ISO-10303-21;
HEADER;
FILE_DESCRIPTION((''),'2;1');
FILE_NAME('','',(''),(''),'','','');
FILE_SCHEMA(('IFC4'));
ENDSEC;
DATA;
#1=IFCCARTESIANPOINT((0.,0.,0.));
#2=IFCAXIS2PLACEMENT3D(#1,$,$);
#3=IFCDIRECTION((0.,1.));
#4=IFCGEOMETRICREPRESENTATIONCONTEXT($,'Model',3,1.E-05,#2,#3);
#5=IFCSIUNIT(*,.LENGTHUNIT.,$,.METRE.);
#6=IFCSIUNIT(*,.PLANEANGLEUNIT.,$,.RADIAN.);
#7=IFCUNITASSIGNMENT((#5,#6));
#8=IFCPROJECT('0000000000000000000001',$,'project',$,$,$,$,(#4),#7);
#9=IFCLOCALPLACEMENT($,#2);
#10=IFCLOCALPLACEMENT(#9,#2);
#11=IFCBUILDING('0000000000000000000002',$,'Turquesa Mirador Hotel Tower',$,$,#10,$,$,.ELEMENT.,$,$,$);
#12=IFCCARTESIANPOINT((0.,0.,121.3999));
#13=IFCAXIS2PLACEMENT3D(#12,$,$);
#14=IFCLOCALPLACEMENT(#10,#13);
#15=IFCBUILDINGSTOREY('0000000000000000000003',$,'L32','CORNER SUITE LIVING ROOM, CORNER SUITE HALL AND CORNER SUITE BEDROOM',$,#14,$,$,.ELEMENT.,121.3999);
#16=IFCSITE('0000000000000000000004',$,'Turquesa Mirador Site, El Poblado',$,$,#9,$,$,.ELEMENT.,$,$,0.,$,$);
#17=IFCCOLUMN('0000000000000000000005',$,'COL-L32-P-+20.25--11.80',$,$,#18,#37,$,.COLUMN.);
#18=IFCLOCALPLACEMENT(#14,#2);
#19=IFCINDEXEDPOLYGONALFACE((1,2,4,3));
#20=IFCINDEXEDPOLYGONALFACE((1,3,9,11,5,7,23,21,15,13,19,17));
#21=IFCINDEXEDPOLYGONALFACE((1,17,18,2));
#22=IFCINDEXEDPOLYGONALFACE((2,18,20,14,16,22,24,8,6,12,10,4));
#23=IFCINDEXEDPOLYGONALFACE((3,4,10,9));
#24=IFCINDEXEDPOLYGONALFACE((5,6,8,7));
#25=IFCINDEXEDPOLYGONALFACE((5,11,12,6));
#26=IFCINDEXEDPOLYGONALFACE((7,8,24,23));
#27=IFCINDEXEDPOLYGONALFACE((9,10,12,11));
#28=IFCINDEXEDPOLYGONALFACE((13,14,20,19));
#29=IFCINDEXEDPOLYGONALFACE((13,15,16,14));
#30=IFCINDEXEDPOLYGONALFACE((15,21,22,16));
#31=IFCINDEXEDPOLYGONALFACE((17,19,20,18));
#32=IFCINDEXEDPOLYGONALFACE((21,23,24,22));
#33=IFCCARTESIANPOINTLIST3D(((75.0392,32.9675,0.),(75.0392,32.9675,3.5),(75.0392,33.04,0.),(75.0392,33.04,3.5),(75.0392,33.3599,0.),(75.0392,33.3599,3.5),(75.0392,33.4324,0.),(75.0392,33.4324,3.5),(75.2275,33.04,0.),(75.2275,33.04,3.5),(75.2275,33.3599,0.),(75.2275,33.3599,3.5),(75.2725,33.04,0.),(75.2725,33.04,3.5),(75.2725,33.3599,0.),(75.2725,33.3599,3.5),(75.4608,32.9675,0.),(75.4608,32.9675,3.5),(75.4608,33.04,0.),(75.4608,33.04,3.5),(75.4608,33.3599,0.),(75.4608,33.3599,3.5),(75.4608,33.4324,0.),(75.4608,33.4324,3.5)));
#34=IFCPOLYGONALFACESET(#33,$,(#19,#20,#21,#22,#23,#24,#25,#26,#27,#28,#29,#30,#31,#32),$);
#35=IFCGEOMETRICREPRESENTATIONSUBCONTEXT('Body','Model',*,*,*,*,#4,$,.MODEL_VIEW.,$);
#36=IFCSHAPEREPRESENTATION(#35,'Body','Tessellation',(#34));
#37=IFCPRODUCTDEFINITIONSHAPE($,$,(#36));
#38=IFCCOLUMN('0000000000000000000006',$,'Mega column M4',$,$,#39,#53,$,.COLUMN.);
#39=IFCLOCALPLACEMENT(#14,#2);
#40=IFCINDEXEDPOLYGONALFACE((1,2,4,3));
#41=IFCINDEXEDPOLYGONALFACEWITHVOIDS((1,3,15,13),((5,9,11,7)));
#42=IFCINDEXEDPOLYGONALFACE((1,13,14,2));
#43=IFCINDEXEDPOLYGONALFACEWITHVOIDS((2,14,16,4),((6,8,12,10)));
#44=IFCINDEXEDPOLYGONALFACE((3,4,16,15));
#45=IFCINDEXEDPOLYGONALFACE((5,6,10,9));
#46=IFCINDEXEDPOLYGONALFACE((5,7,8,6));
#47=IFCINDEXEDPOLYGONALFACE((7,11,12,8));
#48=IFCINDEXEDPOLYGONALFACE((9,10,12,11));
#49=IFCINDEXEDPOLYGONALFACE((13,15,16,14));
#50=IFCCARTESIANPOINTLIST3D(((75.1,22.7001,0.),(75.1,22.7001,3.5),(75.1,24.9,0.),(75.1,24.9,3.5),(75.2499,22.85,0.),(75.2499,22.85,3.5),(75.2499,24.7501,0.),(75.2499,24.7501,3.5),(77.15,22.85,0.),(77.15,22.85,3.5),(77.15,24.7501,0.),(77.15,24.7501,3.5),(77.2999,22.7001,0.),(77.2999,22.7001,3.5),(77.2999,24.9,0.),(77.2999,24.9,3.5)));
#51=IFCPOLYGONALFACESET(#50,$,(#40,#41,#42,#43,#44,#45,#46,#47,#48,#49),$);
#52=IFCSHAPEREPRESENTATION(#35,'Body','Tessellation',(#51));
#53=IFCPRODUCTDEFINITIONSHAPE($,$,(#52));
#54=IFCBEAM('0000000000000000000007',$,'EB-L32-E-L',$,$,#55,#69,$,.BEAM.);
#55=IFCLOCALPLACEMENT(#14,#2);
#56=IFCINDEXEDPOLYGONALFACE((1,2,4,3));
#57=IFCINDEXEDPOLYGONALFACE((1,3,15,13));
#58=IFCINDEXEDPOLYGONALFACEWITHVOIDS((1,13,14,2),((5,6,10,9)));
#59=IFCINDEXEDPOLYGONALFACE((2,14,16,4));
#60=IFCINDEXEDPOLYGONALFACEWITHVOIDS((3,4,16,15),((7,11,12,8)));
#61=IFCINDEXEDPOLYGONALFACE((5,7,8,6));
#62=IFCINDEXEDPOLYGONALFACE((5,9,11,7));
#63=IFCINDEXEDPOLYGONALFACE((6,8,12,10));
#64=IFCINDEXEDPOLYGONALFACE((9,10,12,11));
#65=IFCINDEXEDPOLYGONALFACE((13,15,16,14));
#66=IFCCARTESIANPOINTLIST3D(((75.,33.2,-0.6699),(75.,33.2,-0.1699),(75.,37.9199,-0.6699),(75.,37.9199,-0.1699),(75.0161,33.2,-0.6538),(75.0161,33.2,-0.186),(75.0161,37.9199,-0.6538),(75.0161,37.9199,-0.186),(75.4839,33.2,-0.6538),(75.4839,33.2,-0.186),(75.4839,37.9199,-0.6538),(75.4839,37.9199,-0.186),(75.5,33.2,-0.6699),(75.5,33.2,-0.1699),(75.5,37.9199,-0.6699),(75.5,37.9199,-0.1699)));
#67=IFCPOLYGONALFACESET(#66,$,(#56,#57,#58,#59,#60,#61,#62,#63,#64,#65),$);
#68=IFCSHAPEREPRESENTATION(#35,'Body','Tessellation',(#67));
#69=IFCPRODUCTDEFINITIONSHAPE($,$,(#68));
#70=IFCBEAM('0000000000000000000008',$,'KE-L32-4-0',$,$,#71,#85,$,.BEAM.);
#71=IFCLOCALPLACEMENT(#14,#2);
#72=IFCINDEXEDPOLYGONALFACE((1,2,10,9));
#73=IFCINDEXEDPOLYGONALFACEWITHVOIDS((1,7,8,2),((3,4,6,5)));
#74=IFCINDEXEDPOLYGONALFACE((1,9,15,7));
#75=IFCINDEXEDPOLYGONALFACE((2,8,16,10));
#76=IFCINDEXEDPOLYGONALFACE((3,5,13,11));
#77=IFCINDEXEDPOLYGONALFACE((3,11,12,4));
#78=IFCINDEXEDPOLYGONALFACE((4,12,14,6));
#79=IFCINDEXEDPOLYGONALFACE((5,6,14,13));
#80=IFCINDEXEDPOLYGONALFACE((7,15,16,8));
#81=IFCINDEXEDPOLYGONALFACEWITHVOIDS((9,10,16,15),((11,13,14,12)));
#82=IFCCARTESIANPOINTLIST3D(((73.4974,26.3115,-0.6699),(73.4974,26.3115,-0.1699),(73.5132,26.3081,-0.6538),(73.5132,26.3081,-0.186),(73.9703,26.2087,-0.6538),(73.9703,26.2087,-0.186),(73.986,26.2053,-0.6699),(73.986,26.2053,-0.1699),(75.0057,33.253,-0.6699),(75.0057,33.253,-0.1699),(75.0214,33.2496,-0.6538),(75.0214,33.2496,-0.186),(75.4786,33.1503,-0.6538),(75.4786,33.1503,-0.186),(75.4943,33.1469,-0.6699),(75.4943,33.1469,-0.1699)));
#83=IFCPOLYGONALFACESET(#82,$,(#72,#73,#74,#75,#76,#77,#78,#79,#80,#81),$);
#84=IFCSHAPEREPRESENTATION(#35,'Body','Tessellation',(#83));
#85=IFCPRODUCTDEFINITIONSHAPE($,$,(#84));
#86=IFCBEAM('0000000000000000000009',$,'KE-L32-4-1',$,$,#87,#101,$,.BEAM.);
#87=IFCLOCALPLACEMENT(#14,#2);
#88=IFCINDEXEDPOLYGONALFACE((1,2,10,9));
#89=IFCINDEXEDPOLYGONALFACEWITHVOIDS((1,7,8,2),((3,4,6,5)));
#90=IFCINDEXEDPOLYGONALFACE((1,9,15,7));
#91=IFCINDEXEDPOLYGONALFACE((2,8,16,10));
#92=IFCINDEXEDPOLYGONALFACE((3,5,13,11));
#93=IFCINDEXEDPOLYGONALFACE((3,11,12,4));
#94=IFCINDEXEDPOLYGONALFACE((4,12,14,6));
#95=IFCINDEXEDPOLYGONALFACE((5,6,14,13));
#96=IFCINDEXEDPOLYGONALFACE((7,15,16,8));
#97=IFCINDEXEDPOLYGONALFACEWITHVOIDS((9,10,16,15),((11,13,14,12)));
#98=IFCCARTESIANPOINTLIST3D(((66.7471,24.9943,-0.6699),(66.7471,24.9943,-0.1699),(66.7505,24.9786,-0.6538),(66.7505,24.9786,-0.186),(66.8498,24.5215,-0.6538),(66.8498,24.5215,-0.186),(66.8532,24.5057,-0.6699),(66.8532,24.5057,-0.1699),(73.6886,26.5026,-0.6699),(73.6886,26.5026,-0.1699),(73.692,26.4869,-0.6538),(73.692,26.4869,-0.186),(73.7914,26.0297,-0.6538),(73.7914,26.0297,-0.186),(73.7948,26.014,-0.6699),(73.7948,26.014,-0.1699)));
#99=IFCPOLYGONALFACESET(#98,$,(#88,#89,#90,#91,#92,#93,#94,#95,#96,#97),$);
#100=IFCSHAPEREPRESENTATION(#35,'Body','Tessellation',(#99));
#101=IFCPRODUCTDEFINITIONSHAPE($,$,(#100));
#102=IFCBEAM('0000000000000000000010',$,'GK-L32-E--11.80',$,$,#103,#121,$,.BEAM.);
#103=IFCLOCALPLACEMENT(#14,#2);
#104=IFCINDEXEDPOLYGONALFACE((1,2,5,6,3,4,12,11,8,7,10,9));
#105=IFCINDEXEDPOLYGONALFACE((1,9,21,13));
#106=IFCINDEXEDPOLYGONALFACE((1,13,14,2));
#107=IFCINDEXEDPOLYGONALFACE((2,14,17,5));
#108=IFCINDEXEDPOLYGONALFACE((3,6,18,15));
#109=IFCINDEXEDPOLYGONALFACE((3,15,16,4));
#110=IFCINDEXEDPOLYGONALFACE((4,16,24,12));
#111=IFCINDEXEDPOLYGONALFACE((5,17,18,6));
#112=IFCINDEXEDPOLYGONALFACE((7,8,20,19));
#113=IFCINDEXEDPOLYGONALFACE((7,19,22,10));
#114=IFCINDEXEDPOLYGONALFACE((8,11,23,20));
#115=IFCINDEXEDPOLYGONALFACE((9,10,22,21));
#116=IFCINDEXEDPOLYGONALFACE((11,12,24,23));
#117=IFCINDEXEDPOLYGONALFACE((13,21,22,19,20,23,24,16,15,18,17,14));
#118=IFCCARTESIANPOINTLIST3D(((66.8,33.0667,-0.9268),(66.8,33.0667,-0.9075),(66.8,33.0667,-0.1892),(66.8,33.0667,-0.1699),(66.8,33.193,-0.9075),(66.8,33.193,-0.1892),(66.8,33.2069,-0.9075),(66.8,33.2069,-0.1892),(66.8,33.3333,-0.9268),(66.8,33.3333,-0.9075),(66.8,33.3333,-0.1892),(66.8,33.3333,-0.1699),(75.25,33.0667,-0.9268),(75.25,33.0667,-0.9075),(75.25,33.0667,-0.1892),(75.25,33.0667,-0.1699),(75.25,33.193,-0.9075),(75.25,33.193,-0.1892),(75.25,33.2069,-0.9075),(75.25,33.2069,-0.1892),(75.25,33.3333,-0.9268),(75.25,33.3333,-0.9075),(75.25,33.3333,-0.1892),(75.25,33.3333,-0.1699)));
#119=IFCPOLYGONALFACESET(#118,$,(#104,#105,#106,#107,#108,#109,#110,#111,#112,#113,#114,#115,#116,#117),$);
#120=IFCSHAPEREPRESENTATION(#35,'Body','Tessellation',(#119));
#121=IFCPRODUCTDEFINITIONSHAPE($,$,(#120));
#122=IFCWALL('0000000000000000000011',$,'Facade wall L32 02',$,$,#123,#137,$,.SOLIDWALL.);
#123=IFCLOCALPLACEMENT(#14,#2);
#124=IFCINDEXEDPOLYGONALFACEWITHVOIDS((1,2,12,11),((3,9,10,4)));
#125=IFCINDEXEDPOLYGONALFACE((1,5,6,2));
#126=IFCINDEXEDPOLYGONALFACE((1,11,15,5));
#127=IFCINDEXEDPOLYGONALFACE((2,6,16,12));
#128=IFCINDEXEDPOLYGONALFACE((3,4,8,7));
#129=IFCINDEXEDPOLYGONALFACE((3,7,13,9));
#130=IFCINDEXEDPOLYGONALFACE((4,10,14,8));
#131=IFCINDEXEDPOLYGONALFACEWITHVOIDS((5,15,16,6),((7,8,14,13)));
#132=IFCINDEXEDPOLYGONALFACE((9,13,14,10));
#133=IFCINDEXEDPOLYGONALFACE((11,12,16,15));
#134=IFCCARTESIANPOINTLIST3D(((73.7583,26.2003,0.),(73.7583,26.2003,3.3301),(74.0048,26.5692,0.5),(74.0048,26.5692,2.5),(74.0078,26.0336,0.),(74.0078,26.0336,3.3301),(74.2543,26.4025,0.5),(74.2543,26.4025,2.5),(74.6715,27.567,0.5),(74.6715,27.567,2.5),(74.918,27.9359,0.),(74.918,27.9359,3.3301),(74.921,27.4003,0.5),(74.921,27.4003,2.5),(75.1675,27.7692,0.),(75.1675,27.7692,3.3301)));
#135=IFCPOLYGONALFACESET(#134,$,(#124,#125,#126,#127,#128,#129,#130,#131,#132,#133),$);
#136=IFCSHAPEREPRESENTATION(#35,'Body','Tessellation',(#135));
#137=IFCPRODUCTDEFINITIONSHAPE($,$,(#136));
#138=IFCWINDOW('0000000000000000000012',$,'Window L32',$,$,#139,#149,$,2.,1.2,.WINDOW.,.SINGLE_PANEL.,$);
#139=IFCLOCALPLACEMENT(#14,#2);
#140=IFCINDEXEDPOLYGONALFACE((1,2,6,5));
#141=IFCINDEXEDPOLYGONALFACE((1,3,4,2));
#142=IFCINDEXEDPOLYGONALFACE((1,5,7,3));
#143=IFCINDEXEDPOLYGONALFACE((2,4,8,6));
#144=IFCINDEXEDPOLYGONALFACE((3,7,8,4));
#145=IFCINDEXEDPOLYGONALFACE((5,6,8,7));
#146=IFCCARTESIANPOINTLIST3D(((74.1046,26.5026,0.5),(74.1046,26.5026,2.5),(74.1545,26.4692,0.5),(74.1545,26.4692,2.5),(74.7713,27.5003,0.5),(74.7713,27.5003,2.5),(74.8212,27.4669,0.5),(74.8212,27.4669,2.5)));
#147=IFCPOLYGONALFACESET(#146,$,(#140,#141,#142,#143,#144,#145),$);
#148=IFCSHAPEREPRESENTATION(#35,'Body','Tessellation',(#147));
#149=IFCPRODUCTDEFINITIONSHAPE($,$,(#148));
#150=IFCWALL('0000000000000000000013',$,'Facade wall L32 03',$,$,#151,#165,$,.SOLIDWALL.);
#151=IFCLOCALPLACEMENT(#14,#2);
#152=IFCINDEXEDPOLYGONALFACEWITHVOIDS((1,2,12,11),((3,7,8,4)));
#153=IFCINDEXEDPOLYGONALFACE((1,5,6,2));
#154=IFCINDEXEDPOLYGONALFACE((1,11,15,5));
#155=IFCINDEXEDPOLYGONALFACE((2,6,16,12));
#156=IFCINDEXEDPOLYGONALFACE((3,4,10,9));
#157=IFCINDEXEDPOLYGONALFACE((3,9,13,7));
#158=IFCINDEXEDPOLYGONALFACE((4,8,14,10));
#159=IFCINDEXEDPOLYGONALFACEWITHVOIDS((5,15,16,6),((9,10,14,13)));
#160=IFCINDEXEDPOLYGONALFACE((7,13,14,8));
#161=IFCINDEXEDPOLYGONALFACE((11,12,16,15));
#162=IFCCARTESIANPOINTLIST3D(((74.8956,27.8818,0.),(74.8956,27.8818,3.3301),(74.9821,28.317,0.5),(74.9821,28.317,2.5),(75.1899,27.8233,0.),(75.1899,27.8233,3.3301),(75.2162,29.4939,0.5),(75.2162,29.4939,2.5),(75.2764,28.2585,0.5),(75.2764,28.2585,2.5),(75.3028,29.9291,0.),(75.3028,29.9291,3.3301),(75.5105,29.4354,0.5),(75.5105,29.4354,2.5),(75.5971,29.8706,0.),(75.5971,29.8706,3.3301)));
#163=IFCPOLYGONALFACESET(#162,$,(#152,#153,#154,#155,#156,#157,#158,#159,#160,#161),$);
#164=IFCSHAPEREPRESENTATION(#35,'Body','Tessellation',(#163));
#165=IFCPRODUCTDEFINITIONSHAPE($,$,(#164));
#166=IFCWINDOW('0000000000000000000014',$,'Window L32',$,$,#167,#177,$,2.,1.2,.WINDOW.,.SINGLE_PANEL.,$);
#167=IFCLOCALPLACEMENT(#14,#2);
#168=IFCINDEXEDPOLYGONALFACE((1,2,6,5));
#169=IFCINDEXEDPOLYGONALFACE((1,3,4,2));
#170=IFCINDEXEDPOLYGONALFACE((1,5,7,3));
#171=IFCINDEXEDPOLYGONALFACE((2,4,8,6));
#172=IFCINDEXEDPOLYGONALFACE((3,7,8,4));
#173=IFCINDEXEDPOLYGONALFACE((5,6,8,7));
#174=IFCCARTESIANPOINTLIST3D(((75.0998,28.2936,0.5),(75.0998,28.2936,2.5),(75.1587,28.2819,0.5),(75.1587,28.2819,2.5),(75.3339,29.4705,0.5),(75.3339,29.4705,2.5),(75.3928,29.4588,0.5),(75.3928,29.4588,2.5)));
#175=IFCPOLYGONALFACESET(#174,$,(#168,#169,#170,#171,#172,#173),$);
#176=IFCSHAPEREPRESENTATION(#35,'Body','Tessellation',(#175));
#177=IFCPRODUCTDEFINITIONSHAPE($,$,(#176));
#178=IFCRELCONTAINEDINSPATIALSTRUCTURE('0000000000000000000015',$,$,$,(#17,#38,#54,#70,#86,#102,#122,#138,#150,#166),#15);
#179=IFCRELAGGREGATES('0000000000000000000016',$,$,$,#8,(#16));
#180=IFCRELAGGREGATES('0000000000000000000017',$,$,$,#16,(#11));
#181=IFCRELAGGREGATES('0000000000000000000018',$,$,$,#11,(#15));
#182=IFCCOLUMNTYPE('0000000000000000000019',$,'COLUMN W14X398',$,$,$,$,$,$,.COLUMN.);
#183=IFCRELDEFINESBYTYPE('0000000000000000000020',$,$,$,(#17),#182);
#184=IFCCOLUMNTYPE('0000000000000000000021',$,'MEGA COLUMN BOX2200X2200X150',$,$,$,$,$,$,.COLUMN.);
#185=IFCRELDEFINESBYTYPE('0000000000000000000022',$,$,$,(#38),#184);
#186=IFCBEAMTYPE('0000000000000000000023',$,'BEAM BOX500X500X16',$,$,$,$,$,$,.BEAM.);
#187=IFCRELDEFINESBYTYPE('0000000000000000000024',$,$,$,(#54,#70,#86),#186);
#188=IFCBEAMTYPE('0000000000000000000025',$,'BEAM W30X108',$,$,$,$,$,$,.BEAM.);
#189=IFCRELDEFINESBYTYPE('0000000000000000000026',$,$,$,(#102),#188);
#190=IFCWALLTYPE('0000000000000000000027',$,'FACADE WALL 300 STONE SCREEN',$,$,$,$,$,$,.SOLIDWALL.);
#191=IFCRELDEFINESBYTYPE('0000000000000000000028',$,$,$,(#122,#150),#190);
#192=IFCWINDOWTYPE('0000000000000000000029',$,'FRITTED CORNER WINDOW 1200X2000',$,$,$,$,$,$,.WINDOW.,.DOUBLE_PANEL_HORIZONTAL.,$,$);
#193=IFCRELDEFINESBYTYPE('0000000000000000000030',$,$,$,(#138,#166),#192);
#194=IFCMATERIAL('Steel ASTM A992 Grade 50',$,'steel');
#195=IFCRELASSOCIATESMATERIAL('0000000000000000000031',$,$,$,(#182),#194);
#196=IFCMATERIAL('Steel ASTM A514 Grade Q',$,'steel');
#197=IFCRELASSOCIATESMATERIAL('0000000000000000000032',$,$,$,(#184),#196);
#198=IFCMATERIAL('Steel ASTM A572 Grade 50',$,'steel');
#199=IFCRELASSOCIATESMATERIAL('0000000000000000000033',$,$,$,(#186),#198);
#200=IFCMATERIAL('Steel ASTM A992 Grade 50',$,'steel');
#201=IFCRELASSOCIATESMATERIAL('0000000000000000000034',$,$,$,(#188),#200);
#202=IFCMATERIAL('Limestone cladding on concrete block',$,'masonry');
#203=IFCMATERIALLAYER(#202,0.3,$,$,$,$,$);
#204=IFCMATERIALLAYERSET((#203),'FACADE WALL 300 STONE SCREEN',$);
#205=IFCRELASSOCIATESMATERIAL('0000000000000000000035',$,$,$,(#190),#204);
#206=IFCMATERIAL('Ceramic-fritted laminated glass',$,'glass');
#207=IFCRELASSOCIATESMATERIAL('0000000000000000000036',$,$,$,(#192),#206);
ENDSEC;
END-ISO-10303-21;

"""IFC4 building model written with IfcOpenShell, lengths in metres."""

from ifc_helpers import new_model, si_unit, direction, frame, frame_2d, origin, origin_2d, place, context, subcontext, project, spatial, rectangle, hollow_rectangle, i_section, extrude, material, layer, layer_set, material_profile, profile_set, type_object, element, fill, save


model = new_model("IFC4")

# Units and contexts
model_context = context("Model", 3, precision=1e-05, world=origin(), true_north=direction((0.0, 1.0)))
body_context = subcontext(model_context, "Body", "Model", "MODEL_VIEW")
ifc_project = project(units=[si_unit("LENGTHUNIT", "METRE"), si_unit("PLANEANGLEUNIT", "RADIAN")], contexts=[model_context])

# Site, building, storey
site_placement = place(None, origin())
site = spatial("IfcSite", under=ifc_project, at=site_placement, Name="Turquesa Mirador Site, El Poblado", CompositionType="ELEMENT", RefElevation=0.0)
building_placement = place(site_placement, origin())
building = spatial("IfcBuilding", under=site, at=building_placement, Name="Turquesa Mirador Hotel Tower", CompositionType="ELEMENT")
storey_placement = place(building_placement, frame((0.0, 0.0, 121.3999)))
storey = spatial("IfcBuildingStorey", under=building, at=storey_placement, Name="L32", Description="CORNER SUITE LIVING ROOM, CORNER SUITE HALL AND CORNER SUITE BEDROOM", CompositionType="ELEMENT", Elevation=121.3999)

# Columns
ifc_material_1 = material(Name="Steel ASTM A992 Grade 50", Category="steel")
ifc_material_profile_1 = material_profile(ifc_material_1, i_section(OverallWidth=0.4216, OverallDepth=0.4648, WebThickness=0.0449, FlangeThickness=0.0725, at=origin_2d()), Name="W14X398")
ifc_profile_set_1 = profile_set([ifc_material_profile_1], Name="Steel ASTM A992 Grade 50")
column_type_1 = type_object("IfcColumnType", Name="COLUMN W14X398", PredefinedType="COLUMN", material=ifc_profile_set_1)
column_1_placement = place(storey_placement, frame((75.25, 33.2, 0.0), z_axis=(0.0, 0.0, 1.0), x_axis=(1.0, 0.0, 0.0)))
element("IfcColumn", 1, at=column_1_placement, inside=storey, type_object=column_type_1, Name="COL-L32-P-+20.25--11.80", PredefinedType="COLUMN", context=body_context, shape_type="SweptSolid", body=[
    extrude(i_section(OverallWidth=0.4216, OverallDepth=0.4648, WebThickness=0.0449, FlangeThickness=0.0725, at=origin_2d()), origin(), (0.0, 0.0, 1.0), 3.5),
])
ifc_material_2 = material(Name="Steel ASTM A514 Grade Q", Category="steel")
ifc_material_profile_2 = material_profile(ifc_material_2, hollow_rectangle(XDim=2.2, YDim=2.2, WallThickness=0.1499, at=origin_2d()), Name="BOX2200X2200X150")
ifc_profile_set_2 = profile_set([ifc_material_profile_2], Name="Steel ASTM A514 Grade Q")
column_type_2 = type_object("IfcColumnType", Name="MEGA COLUMN BOX2200X2200X150", PredefinedType="COLUMN", material=ifc_profile_set_2)
column_2_placement = place(storey_placement, frame((76.2, 23.8, 0.0), z_axis=(0.0, 0.0, 1.0), x_axis=(1.0, 0.0, 0.0)))
element("IfcColumn", 2, at=column_2_placement, inside=storey, type_object=column_type_2, Name="Mega column M4", PredefinedType="COLUMN", context=body_context, shape_type="SweptSolid", body=[
    extrude(hollow_rectangle(XDim=2.2, YDim=2.2, WallThickness=0.1499, at=origin_2d()), origin(), (0.0, 0.0, 1.0), 3.5),
])

# Beams
ifc_material_3 = material(Name="Steel ASTM A572 Grade 50", Category="steel")
ifc_material_profile_3 = material_profile(ifc_material_3, hollow_rectangle(XDim=0.5, YDim=0.5, WallThickness=0.0161, at=origin_2d()), Name="BOX500X500X16")
ifc_profile_set_3 = profile_set([ifc_material_profile_3], Name="Steel ASTM A572 Grade 50")
beam_type_1 = type_object("IfcBeamType", Name="BEAM BOX500X500X16", PredefinedType="BEAM", material=ifc_profile_set_3)
beam_1_placement = place(storey_placement, frame((75.25, 33.2, -0.4199), z_axis=(0.0, 1.0, 0.0), x_axis=(-1.0, 0.0, 0.0)))
element("IfcBeam", 3, at=beam_1_placement, inside=storey, type_object=beam_type_1, Name="EB-L32-E-L", PredefinedType="BEAM", context=body_context, shape_type="SweptSolid", body=[
    extrude(hollow_rectangle(XDim=0.5, YDim=0.5, WallThickness=0.0161, at=origin_2d()), origin(), (0.0, 0.0, 1.0), 4.72),
])
for number, where, z_axis, x_axis, name in (
    (4, (75.25, 33.2, -0.4199), (-0.212328, -0.977198, 0.0), (0.977198, -0.212328, 0.0), "KE-L32-4-0"),
    (5, (73.7417, 26.2583, -0.4199), (-0.977198, -0.212328, 0.0), (0.212328, -0.977198, 0.0), "KE-L32-4-1"),
):
    element("IfcBeam", number, at=place(storey_placement, frame(where, z_axis=z_axis, x_axis=x_axis)), inside=storey, type_object=beam_type_1, Name=name, PredefinedType="BEAM", context=body_context, shape_type="SweptSolid", body=[
        extrude(hollow_rectangle(XDim=0.5, YDim=0.5, WallThickness=0.0161, at=origin_2d()), origin(), (0.0, 0.0, 1.0), 7.1035),
    ])
ifc_material_4 = material(Name="Steel ASTM A992 Grade 50", Category="steel")
ifc_material_profile_4 = material_profile(ifc_material_4, i_section(OverallWidth=0.2666, OverallDepth=0.7568, WebThickness=0.0139, FlangeThickness=0.0193, at=origin_2d()), Name="W30X108")
ifc_profile_set_4 = profile_set([ifc_material_profile_4], Name="Steel ASTM A992 Grade 50")
beam_type_2 = type_object("IfcBeamType", Name="BEAM W30X108", PredefinedType="BEAM", material=ifc_profile_set_4)
beam_2_placement = place(storey_placement, frame((75.25, 33.2, -0.5483), z_axis=(-1.0, 0.0, 0.0), x_axis=(0.0, -1.0, 0.0)))
element("IfcBeam", 6, at=beam_2_placement, inside=storey, type_object=beam_type_2, Name="GK-L32-E--11.80", PredefinedType="BEAM", context=body_context, shape_type="SweptSolid", body=[
    extrude(i_section(OverallWidth=0.2666, OverallDepth=0.7568, WebThickness=0.0139, FlangeThickness=0.0193, at=origin_2d()), origin(), (0.0, 0.0, 1.0), 8.45),
])

# Walls, openings, windows
ifc_material_5 = material(Name="Limestone cladding on concrete block", Category="masonry")
ifc_layer = layer(ifc_material_5, 0.3)
ifc_layer_set = layer_set([ifc_layer], Name="FACADE WALL 300 STONE SCREEN")
wall_type = type_object("IfcWallType", Name="FACADE WALL 300 STONE SCREEN", PredefinedType="SOLIDWALL", material=ifc_layer_set)
wall_1_placement = place(storey_placement, frame((73.8831, 26.1169, 0.0), z_axis=(0.0, 0.0, 1.0), x_axis=(0.555564, 0.831474, 0.0)))
wall_1 = element("IfcWall", 7, at=wall_1_placement, inside=storey, type_object=wall_type, Name="Facade wall L32 02", PredefinedType="SOLIDWALL", context=body_context, shape_type="SweptSolid", body=[
    extrude(rectangle(XDim=2.0874, YDim=0.3, at=frame_2d((1.0437, 0.0))), origin(), (0.0, 0.0, 1.0), 3.3301),
])
opening_1_placement = place(wall_1_placement, frame((0.4436, 0.0, 0.5)))
opening_1 = element("IfcOpeningElement", 8, at=opening_1_placement, cuts=wall_1, PredefinedType="OPENING", context=body_context, shape_type="SweptSolid", body=[
    extrude(rectangle(XDim=1.2, YDim=2.0, at=frame_2d((0.6001, 1.0))), frame((0.0, 0.1599, 0.0), z_axis=(0.0, -1.0, 0.0), x_axis=(1.0, 0.0, 0.0)), (0.0, 0.0, 1.0), 0.3201),
])
ifc_material_6 = material(Name="Ceramic-fritted laminated glass", Category="glass")
window_type_1 = type_object("IfcWindowType", Name="FRITTED CORNER WINDOW 1200X2000", PartitioningType="DOUBLE_PANEL_HORIZONTAL", PredefinedType="WINDOW", material=ifc_material_6)
window_1_placement = place(opening_1_placement, origin())
window_1 = element("IfcWindow", 9, at=window_1_placement, inside=storey, type_object=window_type_1, Name="Window L32", OverallHeight=2.0, OverallWidth=1.2, PartitioningType="SINGLE_PANEL", PredefinedType="WINDOW", context=body_context, shape_type="SweptSolid", body=[
    extrude(rectangle(XDim=1.2, YDim=2.0, at=frame_2d((0.6001, 1.0))), frame((0.0, 0.03, 0.0), z_axis=(0.0, -1.0, 0.0), x_axis=(1.0, 0.0, 0.0)), (0.0, 0.0, 1.0), 0.0601),
])
fill(opening_1, window_1)
wall_2_placement = place(storey_placement, frame((75.0427, 27.8525, 0.0), z_axis=(0.0, 0.0, 1.0), x_axis=(0.195081, 0.980787, 0.0)))
wall_2 = element("IfcWall", 10, at=wall_2_placement, inside=storey, type_object=wall_type, Name="Facade wall L32 03", PredefinedType="SOLIDWALL", context=body_context, shape_type="SweptSolid", body=[
    extrude(rectangle(XDim=2.0874, YDim=0.3, at=frame_2d((1.0437, 0.0))), origin(), (0.0, 0.0, 1.0), 3.3301),
])
opening_2_placement = place(wall_2_placement, frame((0.4436, 0.0, 0.5)))
opening_2 = element("IfcOpeningElement", 11, at=opening_2_placement, cuts=wall_2, PredefinedType="OPENING", context=body_context, shape_type="SweptSolid", body=[
    extrude(rectangle(XDim=1.2, YDim=2.0, at=frame_2d((0.6001, 1.0))), frame((0.0, 0.1599, 0.0), z_axis=(0.0, -1.0, 0.0), x_axis=(1.0, 0.0, 0.0)), (0.0, 0.0, 1.0), 0.3201),
])
window_2_placement = place(opening_2_placement, origin())
window_2 = element("IfcWindow", 12, at=window_2_placement, inside=storey, type_object=window_type_1, Name="Window L32", OverallHeight=2.0, OverallWidth=1.2, PartitioningType="SINGLE_PANEL", PredefinedType="WINDOW", context=body_context, shape_type="SweptSolid", body=[
    extrude(rectangle(XDim=1.2, YDim=2.0, at=frame_2d((0.6001, 1.0))), frame((0.0, 0.03, 0.0), z_axis=(0.0, -1.0, 0.0), x_axis=(1.0, 0.0, 0.0)), (0.0, 0.0, 1.0), 0.0601),
])
fill(opening_2, window_2)

save(model, "model.ifc")
